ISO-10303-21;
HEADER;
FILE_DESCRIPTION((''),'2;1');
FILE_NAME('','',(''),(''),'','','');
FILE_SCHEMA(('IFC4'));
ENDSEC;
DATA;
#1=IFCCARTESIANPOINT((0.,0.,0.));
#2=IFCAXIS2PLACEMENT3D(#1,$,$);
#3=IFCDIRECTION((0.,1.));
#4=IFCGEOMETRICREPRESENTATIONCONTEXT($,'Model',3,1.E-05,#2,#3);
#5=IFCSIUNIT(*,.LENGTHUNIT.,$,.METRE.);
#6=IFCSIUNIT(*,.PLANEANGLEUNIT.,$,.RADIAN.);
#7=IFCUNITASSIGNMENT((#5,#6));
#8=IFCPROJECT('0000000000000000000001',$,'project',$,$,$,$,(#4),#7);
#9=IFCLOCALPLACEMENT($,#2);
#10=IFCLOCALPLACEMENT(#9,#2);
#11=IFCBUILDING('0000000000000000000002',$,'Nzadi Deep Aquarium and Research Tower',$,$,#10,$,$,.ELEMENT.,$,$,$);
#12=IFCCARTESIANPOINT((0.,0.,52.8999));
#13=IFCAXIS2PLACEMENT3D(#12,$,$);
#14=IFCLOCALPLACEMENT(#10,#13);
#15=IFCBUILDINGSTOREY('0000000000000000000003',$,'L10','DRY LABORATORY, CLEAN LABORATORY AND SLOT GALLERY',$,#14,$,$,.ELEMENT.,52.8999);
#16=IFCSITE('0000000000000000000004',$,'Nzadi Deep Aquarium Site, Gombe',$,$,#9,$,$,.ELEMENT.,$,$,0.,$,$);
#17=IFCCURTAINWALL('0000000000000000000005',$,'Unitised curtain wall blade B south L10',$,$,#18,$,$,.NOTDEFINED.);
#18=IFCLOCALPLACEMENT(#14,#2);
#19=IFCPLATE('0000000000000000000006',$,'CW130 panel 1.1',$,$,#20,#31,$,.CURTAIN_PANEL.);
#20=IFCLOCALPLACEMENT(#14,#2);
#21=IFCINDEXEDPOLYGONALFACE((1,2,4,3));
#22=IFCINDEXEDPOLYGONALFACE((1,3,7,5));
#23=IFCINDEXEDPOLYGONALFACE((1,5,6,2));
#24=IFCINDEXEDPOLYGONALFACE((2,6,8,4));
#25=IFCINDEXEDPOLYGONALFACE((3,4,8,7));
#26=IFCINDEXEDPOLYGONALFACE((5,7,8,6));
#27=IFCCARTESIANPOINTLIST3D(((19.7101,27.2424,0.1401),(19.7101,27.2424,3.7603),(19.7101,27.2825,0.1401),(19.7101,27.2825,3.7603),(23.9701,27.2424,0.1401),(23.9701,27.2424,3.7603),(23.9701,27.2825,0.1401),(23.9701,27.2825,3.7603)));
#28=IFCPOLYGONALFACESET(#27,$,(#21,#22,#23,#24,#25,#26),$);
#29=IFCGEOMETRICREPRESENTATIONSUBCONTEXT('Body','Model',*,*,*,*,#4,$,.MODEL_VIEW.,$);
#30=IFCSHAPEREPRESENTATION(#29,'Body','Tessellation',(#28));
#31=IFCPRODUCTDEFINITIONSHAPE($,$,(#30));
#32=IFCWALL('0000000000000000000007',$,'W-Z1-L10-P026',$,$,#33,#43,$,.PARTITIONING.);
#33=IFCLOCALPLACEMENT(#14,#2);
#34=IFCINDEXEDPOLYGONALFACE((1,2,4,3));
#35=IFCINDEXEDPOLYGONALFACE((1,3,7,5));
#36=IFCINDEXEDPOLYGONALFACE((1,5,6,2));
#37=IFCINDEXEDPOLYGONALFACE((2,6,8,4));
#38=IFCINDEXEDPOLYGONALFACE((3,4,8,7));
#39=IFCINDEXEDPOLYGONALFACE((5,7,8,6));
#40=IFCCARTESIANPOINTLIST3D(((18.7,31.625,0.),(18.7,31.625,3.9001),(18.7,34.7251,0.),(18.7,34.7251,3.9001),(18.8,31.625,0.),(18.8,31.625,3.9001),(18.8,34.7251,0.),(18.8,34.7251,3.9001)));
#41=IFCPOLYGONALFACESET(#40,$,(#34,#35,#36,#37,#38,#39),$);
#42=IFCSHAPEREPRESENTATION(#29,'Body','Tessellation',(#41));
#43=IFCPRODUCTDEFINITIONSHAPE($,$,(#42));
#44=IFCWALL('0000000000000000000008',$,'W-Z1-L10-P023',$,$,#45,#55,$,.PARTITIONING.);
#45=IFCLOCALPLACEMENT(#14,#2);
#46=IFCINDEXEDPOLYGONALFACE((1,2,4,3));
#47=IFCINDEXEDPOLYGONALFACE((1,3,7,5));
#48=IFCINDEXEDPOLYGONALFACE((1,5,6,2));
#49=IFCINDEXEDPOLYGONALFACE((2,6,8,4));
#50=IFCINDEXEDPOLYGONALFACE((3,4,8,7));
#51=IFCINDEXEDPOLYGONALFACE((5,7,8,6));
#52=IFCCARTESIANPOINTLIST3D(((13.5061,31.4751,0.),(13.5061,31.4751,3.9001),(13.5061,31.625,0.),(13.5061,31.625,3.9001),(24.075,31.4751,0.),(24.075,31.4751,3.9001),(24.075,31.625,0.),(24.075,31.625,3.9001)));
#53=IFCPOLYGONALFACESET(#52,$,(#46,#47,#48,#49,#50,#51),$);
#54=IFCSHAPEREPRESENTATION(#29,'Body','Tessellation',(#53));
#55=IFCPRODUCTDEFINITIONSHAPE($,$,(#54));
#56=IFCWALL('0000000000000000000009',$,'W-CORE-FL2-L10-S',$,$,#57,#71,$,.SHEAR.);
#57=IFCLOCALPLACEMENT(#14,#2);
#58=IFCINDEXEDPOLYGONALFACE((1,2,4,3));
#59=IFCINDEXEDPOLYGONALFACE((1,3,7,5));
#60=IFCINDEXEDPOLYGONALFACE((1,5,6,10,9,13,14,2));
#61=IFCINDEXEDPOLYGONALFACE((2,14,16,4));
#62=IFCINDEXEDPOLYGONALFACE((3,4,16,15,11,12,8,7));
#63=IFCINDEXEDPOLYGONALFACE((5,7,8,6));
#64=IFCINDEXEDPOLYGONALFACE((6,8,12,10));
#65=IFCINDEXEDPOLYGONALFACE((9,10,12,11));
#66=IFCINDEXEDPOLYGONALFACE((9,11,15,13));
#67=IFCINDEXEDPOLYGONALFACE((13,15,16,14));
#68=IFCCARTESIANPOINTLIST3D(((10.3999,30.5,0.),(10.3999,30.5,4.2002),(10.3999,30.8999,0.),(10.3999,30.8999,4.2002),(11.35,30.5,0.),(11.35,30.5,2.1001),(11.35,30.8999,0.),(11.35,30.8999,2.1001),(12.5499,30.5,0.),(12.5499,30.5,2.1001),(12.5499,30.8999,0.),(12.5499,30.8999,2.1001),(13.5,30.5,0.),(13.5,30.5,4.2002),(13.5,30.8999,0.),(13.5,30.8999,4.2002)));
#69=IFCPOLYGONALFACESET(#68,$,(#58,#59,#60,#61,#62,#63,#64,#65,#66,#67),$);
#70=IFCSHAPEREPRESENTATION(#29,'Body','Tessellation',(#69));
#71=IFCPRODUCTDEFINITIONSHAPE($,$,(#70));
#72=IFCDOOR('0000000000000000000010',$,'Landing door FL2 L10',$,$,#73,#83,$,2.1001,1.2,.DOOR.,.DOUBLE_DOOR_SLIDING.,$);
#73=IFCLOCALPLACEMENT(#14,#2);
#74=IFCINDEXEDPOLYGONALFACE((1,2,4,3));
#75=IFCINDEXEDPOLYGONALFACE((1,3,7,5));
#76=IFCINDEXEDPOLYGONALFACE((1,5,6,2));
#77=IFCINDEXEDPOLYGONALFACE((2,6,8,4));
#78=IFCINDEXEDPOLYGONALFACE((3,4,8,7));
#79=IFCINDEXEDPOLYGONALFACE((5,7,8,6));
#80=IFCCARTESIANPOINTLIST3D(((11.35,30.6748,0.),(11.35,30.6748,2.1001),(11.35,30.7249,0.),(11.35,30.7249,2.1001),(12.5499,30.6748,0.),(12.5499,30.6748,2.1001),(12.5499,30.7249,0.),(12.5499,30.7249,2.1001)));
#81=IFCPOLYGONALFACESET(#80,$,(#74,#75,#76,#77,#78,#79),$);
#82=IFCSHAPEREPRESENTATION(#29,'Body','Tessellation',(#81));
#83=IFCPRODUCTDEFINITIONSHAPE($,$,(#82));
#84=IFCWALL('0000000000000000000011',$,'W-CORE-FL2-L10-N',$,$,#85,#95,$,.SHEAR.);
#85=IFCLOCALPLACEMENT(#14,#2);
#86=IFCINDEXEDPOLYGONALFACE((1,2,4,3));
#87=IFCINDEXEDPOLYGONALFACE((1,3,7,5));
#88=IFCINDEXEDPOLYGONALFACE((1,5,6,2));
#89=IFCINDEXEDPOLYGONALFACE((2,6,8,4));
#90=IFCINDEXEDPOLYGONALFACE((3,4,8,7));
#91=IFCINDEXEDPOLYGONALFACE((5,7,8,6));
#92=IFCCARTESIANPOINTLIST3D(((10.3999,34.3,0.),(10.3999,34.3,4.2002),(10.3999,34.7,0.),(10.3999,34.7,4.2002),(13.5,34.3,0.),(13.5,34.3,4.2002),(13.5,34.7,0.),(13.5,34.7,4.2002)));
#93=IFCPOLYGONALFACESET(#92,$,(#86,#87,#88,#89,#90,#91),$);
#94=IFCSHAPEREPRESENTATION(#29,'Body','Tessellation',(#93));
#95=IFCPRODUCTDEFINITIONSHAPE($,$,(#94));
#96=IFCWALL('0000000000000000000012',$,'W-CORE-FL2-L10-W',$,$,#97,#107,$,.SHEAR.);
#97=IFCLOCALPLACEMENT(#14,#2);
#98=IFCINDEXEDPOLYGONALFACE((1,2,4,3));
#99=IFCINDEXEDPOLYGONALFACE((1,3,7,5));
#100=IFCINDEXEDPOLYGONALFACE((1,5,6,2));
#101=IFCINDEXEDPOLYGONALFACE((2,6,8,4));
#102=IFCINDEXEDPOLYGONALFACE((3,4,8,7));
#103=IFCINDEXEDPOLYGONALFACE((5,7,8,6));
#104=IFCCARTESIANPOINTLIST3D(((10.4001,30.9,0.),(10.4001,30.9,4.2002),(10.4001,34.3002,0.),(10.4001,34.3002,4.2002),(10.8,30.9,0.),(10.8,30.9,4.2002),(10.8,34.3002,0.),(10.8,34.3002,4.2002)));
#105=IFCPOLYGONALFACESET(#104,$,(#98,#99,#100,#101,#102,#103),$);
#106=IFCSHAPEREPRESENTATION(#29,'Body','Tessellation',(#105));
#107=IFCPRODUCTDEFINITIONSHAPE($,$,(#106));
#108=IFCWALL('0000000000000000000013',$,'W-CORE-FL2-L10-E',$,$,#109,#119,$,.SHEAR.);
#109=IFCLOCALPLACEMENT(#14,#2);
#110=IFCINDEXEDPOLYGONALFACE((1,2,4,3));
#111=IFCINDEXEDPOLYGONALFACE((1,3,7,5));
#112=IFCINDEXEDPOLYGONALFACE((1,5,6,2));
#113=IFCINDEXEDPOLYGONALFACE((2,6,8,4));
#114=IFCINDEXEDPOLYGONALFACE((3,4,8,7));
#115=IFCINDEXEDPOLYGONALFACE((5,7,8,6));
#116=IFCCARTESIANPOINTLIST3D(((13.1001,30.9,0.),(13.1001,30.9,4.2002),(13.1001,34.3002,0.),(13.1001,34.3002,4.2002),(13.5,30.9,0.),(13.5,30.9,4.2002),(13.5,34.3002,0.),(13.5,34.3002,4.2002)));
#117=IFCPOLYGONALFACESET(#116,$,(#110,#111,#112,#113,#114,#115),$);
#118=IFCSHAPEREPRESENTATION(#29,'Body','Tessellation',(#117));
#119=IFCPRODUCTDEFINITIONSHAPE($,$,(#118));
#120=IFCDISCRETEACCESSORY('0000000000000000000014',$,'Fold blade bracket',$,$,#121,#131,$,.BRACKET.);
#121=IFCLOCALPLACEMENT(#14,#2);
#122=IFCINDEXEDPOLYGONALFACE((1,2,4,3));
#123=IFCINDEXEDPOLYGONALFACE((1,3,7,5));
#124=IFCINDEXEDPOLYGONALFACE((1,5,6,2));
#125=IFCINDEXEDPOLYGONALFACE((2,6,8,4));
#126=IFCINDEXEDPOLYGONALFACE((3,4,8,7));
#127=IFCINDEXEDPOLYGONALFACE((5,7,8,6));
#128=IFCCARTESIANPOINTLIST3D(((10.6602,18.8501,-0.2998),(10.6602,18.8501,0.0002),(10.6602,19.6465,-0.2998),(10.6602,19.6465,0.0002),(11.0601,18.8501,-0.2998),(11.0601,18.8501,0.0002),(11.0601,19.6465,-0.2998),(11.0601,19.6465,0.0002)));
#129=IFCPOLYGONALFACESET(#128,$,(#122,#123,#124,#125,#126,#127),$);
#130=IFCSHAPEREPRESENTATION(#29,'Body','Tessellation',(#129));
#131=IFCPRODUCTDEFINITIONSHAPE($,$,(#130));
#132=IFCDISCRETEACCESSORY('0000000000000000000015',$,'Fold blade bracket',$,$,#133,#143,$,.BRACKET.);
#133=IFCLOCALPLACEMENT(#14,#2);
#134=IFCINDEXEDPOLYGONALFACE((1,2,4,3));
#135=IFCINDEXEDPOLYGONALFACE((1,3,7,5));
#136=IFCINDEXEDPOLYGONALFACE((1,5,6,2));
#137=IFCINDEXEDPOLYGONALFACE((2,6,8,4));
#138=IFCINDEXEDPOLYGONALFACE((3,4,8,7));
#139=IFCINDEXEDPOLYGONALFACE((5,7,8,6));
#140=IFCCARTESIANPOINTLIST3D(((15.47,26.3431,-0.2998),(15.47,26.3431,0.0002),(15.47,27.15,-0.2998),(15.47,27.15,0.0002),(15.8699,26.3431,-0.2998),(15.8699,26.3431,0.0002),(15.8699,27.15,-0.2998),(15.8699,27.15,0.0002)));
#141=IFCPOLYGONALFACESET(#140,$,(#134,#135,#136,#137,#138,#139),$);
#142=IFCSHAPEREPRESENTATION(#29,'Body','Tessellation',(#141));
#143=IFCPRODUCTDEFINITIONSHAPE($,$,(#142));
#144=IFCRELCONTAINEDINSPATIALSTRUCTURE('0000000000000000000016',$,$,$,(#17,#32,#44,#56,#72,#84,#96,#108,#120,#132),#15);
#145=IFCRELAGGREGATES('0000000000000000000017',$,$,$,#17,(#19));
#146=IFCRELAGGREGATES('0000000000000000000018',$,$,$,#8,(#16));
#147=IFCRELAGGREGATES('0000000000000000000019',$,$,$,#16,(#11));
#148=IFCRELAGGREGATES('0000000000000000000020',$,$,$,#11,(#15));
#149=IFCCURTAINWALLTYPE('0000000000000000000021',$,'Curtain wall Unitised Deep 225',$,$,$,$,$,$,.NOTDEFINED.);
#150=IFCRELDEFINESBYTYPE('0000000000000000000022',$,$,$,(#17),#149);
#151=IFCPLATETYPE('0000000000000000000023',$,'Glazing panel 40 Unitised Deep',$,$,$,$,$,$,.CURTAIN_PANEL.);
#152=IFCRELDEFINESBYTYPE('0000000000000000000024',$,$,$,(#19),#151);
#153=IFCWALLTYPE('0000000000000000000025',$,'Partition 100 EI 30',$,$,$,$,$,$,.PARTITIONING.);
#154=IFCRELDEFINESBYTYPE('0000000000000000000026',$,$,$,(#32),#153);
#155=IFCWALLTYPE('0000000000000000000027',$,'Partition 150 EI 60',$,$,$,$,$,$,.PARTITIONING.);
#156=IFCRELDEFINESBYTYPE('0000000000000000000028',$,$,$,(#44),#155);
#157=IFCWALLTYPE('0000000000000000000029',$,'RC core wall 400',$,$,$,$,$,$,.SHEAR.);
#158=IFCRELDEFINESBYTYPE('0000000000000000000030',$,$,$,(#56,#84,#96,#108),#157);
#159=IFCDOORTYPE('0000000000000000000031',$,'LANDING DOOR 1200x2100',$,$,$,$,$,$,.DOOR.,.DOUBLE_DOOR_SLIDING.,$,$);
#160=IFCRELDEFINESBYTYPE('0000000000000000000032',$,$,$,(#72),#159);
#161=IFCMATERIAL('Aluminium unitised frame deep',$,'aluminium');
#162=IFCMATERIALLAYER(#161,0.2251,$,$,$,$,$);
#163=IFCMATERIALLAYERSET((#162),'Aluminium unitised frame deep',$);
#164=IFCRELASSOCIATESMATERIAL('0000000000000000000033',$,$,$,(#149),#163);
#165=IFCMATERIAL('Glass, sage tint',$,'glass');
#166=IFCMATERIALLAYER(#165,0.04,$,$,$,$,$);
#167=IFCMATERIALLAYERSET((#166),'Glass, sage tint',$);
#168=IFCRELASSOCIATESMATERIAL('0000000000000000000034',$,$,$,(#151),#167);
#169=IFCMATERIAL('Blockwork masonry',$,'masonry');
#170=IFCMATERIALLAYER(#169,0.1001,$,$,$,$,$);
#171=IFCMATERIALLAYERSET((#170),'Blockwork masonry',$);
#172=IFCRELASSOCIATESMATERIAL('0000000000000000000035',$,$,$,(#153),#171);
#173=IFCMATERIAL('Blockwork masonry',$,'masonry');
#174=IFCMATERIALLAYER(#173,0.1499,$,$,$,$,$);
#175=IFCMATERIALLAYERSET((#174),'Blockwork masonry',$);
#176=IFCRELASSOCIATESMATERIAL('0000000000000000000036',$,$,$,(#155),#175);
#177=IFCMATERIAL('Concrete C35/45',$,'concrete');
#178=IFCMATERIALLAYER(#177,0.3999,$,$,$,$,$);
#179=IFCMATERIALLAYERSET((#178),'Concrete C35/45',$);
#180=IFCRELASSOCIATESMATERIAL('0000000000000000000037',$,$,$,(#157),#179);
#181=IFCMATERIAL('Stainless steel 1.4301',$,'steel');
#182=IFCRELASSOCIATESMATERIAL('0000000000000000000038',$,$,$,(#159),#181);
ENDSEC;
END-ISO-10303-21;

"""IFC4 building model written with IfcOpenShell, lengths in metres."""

from ifc_helpers import new_model, si_unit, direction, frame, frame_2d, origin, origin_2d, place, context, subcontext, project, spatial, rectangle, extrude, material, layer, layer_set, type_object, element, fill, aggregate, save


model = new_model("IFC4")

# Units and contexts
model_context = context("Model", 3, precision=1e-05, world=origin(), true_north=direction((0.0, 1.0)))
body_context = subcontext(model_context, "Body", "Model", "MODEL_VIEW")
ifc_project = project(units=[si_unit("LENGTHUNIT", "METRE"), si_unit("PLANEANGLEUNIT", "RADIAN")], contexts=[model_context])

# Site, building, storey
site_placement = place(None, origin())
site = spatial("IfcSite", under=ifc_project, at=site_placement, Name="Nzadi Deep Aquarium Site, Gombe", CompositionType="ELEMENT", RefElevation=0.0)
building_placement = place(site_placement, origin())
building = spatial("IfcBuilding", under=site, at=building_placement, Name="Nzadi Deep Aquarium and Research Tower", CompositionType="ELEMENT")
storey_placement = place(building_placement, frame((0.0, 0.0, 52.8999)))
storey = spatial("IfcBuildingStorey", under=building, at=storey_placement, Name="L10", Description="DRY LABORATORY, CLEAN LABORATORY AND SLOT GALLERY", CompositionType="ELEMENT", Elevation=52.8999)

# Shared definitions
ifc_material_1 = material(Name="Aluminium unitised frame deep", Category="aluminium")
ifc_layer_1 = layer(ifc_material_1, 0.2251)
ifc_layer_set_1 = layer_set([ifc_layer_1], Name="Aluminium unitised frame deep")
curtain_wall_type_1 = type_object("IfcCurtainWallType", Name="Curtain wall Unitised Deep 225", PredefinedType="NOTDEFINED", material=ifc_layer_set_1)

# Curtain wall
curtain_wall_1_placement = place(storey_placement, origin())
curtain_wall_1 = element("IfcCurtainWall", 1, at=curtain_wall_1_placement, inside=storey, type_object=curtain_wall_type_1, Name="Unitised curtain wall blade B south L10", PredefinedType="NOTDEFINED")

# Plate
ifc_material_2 = material(Name="Glass, sage tint", Category="glass")
ifc_layer_2 = layer(ifc_material_2, 0.04)
ifc_layer_set_2 = layer_set([ifc_layer_2], Name="Glass, sage tint")
plate_type_1 = type_object("IfcPlateType", Name="Glazing panel 40 Unitised Deep", PredefinedType="CURTAIN_PANEL", material=ifc_layer_set_2)
plate_1_placement = place(storey_placement, frame((21.8401, 27.2625, 0.1401), z_axis=(0.0, 0.0, 1.0), x_axis=(1.0, 0.0, 0.0)))
plate_1 = element("IfcPlate", 2, at=plate_1_placement, type_object=plate_type_1, Name="CW130 panel 1.1", PredefinedType="CURTAIN_PANEL", context=body_context, shape_type="SweptSolid", body=[
    extrude(rectangle(XDim=4.26, YDim=0.04, at=origin_2d()), origin(), (0.0, 0.0, 1.0), 3.6201),
])
aggregate(curtain_wall_1, [plate_1])

# Walls
ifc_material_3 = material(Name="Blockwork masonry", Category="masonry")
ifc_layer_3 = layer(ifc_material_3, 0.1001)
ifc_layer_set_3 = layer_set([ifc_layer_3], Name="Blockwork masonry")
wall_type_1 = type_object("IfcWallType", Name="Partition 100 EI 30", PredefinedType="PARTITIONING", material=ifc_layer_set_3)
wall_1_placement = place(storey_placement, frame((18.75, 31.625, 0.0), z_axis=(0.0, 0.0, 1.0), x_axis=(0.0, 1.0, 0.0)))
element("IfcWall", 3, at=wall_1_placement, inside=storey, type_object=wall_type_1, Name="W-Z1-L10-P026", PredefinedType="PARTITIONING", context=body_context, shape_type="SweptSolid", body=[
    extrude(rectangle(XDim=3.1001, YDim=0.1001, at=frame_2d((1.55, 0.0))), origin(), (0.0, 0.0, 1.0), 3.9001),
])
ifc_material_4 = material(Name="Blockwork masonry", Category="masonry")
ifc_layer_4 = layer(ifc_material_4, 0.1499)
ifc_layer_set_4 = layer_set([ifc_layer_4], Name="Blockwork masonry")
wall_type_2 = type_object("IfcWallType", Name="Partition 150 EI 60", PredefinedType="PARTITIONING", material=ifc_layer_set_4)
wall_2_placement = place(storey_placement, frame((13.5061, 31.55, 0.0), z_axis=(0.0, 0.0, 1.0), x_axis=(1.0, 0.0, 0.0)))
element("IfcWall", 4, at=wall_2_placement, inside=storey, type_object=wall_type_2, Name="W-Z1-L10-P023", PredefinedType="PARTITIONING", context=body_context, shape_type="SweptSolid", body=[
    extrude(rectangle(XDim=10.5688, YDim=0.1499, at=frame_2d((5.2844, 0.0))), origin(), (0.0, 0.0, 1.0), 3.9001),
])

# Wall, opening, door
ifc_material_5 = material(Name="Concrete C35/45", Category="concrete")
ifc_layer_5 = layer(ifc_material_5, 0.3999)
ifc_layer_set_5 = layer_set([ifc_layer_5], Name="Concrete C35/45")
wall_type_3 = type_object("IfcWallType", Name="RC core wall 400", PredefinedType="SHEAR", material=ifc_layer_set_5)
wall_3_placement = place(storey_placement, frame((10.3999, 30.7, 0.0), z_axis=(0.0, 0.0, 1.0), x_axis=(1.0, 0.0, 0.0)))
wall_3 = element("IfcWall", 5, at=wall_3_placement, inside=storey, type_object=wall_type_3, Name="W-CORE-FL2-L10-S", PredefinedType="SHEAR", context=body_context, shape_type="SweptSolid", body=[
    extrude(rectangle(XDim=3.1001, YDim=0.3999, at=frame_2d((1.55, 0.0))), origin(), (0.0, 0.0, 1.0), 4.2002),
])
opening_placement = place(wall_3_placement, frame((0.95, 0.0, 0.0)))
opening = element("IfcOpeningElement", 6, at=opening_placement, cuts=wall_3, PredefinedType="OPENING", context=body_context, shape_type="SweptSolid", body=[
    extrude(rectangle(XDim=1.2, YDim=2.1001, at=frame_2d((0.6001, 1.05))), frame((0.0, 0.21, 0.0), z_axis=(0.0, -1.0, 0.0), x_axis=(1.0, 0.0, 0.0)), (0.0, 0.0, 1.0), 0.4199),
])
ifc_material_6 = material(Name="Stainless steel 1.4301", Category="steel")
door_type = type_object("IfcDoorType", Name="LANDING DOOR 1200x2100", OperationType="DOUBLE_DOOR_SLIDING", PredefinedType="DOOR", material=ifc_material_6)
door_placement = place(opening_placement, origin())
door = element("IfcDoor", 7, at=door_placement, inside=storey, type_object=door_type, Name="Landing door FL2 L10", OperationType="DOUBLE_DOOR_SLIDING", OverallHeight=2.1001, OverallWidth=1.2, PredefinedType="DOOR", context=body_context, shape_type="SweptSolid", body=[
    extrude(rectangle(XDim=1.2, YDim=2.1001, at=frame_2d((0.6001, 1.05))), frame((0.0, 0.0249, 0.0), z_axis=(0.0, -1.0, 0.0), x_axis=(1.0, 0.0, 0.0)), (0.0, 0.0, 1.0), 0.05),
])
fill(opening, door)

# Walls
wall_4_placement = place(storey_placement, frame((10.3999, 34.5, 0.0), z_axis=(0.0, 0.0, 1.0), x_axis=(1.0, 0.0, 0.0)))
element("IfcWall", 8, at=wall_4_placement, inside=storey, type_object=wall_type_3, Name="W-CORE-FL2-L10-N", PredefinedType="SHEAR", context=body_context, shape_type="SweptSolid", body=[
    extrude(rectangle(XDim=3.1001, YDim=0.3999, at=frame_2d((1.55, 0.0))), origin(), (0.0, 0.0, 1.0), 4.2002),
])
for number, where, z_axis, x_axis, name in (
    (9, (10.6001, 30.8999, 0.0), (0.0, 0.0, 1.0), (0.0, 1.0, 0.0), "W-CORE-FL2-L10-W"),
    (10, (13.3, 30.8999, 0.0), (0.0, 0.0, 1.0), (0.0, 1.0, 0.0), "W-CORE-FL2-L10-E"),
):
    element("IfcWall", number, at=place(storey_placement, frame(where, z_axis=z_axis, x_axis=x_axis)), inside=storey, type_object=wall_type_3, Name=name, PredefinedType="SHEAR", context=body_context, shape_type="SweptSolid", body=[
        extrude(rectangle(XDim=3.4001, YDim=0.3999, at=frame_2d((1.7002, 0.0))), origin(), (0.0, 0.0, 1.0), 4.2002),
    ])

# Discrete accessories
discrete_accessory_1_placement = place(storey_placement, frame((10.8601, 19.2483, -0.2998), z_axis=(0.0, 0.0, 1.0), x_axis=(1.0, 0.0, 0.0)))
element("IfcDiscreteAccessory", 11, at=discrete_accessory_1_placement, inside=storey, Name="Fold blade bracket", PredefinedType="BRACKET", context=body_context, shape_type="SweptSolid", body=[
    extrude(rectangle(XDim=0.3999, YDim=0.7964, at=origin_2d()), origin(), (0.0, 0.0, 1.0), 0.3),
])
discrete_accessory_2_placement = place(storey_placement, frame((15.6699, 26.7466, -0.2998), z_axis=(0.0, 0.0, 1.0), x_axis=(1.0, 0.0, 0.0)))
element("IfcDiscreteAccessory", 12, at=discrete_accessory_2_placement, inside=storey, Name="Fold blade bracket", PredefinedType="BRACKET", context=body_context, shape_type="SweptSolid", body=[
    extrude(rectangle(XDim=0.3999, YDim=0.8069, at=origin_2d()), origin(), (0.0, 0.0, 1.0), 0.3),
])

save(model, "model.ifc")
